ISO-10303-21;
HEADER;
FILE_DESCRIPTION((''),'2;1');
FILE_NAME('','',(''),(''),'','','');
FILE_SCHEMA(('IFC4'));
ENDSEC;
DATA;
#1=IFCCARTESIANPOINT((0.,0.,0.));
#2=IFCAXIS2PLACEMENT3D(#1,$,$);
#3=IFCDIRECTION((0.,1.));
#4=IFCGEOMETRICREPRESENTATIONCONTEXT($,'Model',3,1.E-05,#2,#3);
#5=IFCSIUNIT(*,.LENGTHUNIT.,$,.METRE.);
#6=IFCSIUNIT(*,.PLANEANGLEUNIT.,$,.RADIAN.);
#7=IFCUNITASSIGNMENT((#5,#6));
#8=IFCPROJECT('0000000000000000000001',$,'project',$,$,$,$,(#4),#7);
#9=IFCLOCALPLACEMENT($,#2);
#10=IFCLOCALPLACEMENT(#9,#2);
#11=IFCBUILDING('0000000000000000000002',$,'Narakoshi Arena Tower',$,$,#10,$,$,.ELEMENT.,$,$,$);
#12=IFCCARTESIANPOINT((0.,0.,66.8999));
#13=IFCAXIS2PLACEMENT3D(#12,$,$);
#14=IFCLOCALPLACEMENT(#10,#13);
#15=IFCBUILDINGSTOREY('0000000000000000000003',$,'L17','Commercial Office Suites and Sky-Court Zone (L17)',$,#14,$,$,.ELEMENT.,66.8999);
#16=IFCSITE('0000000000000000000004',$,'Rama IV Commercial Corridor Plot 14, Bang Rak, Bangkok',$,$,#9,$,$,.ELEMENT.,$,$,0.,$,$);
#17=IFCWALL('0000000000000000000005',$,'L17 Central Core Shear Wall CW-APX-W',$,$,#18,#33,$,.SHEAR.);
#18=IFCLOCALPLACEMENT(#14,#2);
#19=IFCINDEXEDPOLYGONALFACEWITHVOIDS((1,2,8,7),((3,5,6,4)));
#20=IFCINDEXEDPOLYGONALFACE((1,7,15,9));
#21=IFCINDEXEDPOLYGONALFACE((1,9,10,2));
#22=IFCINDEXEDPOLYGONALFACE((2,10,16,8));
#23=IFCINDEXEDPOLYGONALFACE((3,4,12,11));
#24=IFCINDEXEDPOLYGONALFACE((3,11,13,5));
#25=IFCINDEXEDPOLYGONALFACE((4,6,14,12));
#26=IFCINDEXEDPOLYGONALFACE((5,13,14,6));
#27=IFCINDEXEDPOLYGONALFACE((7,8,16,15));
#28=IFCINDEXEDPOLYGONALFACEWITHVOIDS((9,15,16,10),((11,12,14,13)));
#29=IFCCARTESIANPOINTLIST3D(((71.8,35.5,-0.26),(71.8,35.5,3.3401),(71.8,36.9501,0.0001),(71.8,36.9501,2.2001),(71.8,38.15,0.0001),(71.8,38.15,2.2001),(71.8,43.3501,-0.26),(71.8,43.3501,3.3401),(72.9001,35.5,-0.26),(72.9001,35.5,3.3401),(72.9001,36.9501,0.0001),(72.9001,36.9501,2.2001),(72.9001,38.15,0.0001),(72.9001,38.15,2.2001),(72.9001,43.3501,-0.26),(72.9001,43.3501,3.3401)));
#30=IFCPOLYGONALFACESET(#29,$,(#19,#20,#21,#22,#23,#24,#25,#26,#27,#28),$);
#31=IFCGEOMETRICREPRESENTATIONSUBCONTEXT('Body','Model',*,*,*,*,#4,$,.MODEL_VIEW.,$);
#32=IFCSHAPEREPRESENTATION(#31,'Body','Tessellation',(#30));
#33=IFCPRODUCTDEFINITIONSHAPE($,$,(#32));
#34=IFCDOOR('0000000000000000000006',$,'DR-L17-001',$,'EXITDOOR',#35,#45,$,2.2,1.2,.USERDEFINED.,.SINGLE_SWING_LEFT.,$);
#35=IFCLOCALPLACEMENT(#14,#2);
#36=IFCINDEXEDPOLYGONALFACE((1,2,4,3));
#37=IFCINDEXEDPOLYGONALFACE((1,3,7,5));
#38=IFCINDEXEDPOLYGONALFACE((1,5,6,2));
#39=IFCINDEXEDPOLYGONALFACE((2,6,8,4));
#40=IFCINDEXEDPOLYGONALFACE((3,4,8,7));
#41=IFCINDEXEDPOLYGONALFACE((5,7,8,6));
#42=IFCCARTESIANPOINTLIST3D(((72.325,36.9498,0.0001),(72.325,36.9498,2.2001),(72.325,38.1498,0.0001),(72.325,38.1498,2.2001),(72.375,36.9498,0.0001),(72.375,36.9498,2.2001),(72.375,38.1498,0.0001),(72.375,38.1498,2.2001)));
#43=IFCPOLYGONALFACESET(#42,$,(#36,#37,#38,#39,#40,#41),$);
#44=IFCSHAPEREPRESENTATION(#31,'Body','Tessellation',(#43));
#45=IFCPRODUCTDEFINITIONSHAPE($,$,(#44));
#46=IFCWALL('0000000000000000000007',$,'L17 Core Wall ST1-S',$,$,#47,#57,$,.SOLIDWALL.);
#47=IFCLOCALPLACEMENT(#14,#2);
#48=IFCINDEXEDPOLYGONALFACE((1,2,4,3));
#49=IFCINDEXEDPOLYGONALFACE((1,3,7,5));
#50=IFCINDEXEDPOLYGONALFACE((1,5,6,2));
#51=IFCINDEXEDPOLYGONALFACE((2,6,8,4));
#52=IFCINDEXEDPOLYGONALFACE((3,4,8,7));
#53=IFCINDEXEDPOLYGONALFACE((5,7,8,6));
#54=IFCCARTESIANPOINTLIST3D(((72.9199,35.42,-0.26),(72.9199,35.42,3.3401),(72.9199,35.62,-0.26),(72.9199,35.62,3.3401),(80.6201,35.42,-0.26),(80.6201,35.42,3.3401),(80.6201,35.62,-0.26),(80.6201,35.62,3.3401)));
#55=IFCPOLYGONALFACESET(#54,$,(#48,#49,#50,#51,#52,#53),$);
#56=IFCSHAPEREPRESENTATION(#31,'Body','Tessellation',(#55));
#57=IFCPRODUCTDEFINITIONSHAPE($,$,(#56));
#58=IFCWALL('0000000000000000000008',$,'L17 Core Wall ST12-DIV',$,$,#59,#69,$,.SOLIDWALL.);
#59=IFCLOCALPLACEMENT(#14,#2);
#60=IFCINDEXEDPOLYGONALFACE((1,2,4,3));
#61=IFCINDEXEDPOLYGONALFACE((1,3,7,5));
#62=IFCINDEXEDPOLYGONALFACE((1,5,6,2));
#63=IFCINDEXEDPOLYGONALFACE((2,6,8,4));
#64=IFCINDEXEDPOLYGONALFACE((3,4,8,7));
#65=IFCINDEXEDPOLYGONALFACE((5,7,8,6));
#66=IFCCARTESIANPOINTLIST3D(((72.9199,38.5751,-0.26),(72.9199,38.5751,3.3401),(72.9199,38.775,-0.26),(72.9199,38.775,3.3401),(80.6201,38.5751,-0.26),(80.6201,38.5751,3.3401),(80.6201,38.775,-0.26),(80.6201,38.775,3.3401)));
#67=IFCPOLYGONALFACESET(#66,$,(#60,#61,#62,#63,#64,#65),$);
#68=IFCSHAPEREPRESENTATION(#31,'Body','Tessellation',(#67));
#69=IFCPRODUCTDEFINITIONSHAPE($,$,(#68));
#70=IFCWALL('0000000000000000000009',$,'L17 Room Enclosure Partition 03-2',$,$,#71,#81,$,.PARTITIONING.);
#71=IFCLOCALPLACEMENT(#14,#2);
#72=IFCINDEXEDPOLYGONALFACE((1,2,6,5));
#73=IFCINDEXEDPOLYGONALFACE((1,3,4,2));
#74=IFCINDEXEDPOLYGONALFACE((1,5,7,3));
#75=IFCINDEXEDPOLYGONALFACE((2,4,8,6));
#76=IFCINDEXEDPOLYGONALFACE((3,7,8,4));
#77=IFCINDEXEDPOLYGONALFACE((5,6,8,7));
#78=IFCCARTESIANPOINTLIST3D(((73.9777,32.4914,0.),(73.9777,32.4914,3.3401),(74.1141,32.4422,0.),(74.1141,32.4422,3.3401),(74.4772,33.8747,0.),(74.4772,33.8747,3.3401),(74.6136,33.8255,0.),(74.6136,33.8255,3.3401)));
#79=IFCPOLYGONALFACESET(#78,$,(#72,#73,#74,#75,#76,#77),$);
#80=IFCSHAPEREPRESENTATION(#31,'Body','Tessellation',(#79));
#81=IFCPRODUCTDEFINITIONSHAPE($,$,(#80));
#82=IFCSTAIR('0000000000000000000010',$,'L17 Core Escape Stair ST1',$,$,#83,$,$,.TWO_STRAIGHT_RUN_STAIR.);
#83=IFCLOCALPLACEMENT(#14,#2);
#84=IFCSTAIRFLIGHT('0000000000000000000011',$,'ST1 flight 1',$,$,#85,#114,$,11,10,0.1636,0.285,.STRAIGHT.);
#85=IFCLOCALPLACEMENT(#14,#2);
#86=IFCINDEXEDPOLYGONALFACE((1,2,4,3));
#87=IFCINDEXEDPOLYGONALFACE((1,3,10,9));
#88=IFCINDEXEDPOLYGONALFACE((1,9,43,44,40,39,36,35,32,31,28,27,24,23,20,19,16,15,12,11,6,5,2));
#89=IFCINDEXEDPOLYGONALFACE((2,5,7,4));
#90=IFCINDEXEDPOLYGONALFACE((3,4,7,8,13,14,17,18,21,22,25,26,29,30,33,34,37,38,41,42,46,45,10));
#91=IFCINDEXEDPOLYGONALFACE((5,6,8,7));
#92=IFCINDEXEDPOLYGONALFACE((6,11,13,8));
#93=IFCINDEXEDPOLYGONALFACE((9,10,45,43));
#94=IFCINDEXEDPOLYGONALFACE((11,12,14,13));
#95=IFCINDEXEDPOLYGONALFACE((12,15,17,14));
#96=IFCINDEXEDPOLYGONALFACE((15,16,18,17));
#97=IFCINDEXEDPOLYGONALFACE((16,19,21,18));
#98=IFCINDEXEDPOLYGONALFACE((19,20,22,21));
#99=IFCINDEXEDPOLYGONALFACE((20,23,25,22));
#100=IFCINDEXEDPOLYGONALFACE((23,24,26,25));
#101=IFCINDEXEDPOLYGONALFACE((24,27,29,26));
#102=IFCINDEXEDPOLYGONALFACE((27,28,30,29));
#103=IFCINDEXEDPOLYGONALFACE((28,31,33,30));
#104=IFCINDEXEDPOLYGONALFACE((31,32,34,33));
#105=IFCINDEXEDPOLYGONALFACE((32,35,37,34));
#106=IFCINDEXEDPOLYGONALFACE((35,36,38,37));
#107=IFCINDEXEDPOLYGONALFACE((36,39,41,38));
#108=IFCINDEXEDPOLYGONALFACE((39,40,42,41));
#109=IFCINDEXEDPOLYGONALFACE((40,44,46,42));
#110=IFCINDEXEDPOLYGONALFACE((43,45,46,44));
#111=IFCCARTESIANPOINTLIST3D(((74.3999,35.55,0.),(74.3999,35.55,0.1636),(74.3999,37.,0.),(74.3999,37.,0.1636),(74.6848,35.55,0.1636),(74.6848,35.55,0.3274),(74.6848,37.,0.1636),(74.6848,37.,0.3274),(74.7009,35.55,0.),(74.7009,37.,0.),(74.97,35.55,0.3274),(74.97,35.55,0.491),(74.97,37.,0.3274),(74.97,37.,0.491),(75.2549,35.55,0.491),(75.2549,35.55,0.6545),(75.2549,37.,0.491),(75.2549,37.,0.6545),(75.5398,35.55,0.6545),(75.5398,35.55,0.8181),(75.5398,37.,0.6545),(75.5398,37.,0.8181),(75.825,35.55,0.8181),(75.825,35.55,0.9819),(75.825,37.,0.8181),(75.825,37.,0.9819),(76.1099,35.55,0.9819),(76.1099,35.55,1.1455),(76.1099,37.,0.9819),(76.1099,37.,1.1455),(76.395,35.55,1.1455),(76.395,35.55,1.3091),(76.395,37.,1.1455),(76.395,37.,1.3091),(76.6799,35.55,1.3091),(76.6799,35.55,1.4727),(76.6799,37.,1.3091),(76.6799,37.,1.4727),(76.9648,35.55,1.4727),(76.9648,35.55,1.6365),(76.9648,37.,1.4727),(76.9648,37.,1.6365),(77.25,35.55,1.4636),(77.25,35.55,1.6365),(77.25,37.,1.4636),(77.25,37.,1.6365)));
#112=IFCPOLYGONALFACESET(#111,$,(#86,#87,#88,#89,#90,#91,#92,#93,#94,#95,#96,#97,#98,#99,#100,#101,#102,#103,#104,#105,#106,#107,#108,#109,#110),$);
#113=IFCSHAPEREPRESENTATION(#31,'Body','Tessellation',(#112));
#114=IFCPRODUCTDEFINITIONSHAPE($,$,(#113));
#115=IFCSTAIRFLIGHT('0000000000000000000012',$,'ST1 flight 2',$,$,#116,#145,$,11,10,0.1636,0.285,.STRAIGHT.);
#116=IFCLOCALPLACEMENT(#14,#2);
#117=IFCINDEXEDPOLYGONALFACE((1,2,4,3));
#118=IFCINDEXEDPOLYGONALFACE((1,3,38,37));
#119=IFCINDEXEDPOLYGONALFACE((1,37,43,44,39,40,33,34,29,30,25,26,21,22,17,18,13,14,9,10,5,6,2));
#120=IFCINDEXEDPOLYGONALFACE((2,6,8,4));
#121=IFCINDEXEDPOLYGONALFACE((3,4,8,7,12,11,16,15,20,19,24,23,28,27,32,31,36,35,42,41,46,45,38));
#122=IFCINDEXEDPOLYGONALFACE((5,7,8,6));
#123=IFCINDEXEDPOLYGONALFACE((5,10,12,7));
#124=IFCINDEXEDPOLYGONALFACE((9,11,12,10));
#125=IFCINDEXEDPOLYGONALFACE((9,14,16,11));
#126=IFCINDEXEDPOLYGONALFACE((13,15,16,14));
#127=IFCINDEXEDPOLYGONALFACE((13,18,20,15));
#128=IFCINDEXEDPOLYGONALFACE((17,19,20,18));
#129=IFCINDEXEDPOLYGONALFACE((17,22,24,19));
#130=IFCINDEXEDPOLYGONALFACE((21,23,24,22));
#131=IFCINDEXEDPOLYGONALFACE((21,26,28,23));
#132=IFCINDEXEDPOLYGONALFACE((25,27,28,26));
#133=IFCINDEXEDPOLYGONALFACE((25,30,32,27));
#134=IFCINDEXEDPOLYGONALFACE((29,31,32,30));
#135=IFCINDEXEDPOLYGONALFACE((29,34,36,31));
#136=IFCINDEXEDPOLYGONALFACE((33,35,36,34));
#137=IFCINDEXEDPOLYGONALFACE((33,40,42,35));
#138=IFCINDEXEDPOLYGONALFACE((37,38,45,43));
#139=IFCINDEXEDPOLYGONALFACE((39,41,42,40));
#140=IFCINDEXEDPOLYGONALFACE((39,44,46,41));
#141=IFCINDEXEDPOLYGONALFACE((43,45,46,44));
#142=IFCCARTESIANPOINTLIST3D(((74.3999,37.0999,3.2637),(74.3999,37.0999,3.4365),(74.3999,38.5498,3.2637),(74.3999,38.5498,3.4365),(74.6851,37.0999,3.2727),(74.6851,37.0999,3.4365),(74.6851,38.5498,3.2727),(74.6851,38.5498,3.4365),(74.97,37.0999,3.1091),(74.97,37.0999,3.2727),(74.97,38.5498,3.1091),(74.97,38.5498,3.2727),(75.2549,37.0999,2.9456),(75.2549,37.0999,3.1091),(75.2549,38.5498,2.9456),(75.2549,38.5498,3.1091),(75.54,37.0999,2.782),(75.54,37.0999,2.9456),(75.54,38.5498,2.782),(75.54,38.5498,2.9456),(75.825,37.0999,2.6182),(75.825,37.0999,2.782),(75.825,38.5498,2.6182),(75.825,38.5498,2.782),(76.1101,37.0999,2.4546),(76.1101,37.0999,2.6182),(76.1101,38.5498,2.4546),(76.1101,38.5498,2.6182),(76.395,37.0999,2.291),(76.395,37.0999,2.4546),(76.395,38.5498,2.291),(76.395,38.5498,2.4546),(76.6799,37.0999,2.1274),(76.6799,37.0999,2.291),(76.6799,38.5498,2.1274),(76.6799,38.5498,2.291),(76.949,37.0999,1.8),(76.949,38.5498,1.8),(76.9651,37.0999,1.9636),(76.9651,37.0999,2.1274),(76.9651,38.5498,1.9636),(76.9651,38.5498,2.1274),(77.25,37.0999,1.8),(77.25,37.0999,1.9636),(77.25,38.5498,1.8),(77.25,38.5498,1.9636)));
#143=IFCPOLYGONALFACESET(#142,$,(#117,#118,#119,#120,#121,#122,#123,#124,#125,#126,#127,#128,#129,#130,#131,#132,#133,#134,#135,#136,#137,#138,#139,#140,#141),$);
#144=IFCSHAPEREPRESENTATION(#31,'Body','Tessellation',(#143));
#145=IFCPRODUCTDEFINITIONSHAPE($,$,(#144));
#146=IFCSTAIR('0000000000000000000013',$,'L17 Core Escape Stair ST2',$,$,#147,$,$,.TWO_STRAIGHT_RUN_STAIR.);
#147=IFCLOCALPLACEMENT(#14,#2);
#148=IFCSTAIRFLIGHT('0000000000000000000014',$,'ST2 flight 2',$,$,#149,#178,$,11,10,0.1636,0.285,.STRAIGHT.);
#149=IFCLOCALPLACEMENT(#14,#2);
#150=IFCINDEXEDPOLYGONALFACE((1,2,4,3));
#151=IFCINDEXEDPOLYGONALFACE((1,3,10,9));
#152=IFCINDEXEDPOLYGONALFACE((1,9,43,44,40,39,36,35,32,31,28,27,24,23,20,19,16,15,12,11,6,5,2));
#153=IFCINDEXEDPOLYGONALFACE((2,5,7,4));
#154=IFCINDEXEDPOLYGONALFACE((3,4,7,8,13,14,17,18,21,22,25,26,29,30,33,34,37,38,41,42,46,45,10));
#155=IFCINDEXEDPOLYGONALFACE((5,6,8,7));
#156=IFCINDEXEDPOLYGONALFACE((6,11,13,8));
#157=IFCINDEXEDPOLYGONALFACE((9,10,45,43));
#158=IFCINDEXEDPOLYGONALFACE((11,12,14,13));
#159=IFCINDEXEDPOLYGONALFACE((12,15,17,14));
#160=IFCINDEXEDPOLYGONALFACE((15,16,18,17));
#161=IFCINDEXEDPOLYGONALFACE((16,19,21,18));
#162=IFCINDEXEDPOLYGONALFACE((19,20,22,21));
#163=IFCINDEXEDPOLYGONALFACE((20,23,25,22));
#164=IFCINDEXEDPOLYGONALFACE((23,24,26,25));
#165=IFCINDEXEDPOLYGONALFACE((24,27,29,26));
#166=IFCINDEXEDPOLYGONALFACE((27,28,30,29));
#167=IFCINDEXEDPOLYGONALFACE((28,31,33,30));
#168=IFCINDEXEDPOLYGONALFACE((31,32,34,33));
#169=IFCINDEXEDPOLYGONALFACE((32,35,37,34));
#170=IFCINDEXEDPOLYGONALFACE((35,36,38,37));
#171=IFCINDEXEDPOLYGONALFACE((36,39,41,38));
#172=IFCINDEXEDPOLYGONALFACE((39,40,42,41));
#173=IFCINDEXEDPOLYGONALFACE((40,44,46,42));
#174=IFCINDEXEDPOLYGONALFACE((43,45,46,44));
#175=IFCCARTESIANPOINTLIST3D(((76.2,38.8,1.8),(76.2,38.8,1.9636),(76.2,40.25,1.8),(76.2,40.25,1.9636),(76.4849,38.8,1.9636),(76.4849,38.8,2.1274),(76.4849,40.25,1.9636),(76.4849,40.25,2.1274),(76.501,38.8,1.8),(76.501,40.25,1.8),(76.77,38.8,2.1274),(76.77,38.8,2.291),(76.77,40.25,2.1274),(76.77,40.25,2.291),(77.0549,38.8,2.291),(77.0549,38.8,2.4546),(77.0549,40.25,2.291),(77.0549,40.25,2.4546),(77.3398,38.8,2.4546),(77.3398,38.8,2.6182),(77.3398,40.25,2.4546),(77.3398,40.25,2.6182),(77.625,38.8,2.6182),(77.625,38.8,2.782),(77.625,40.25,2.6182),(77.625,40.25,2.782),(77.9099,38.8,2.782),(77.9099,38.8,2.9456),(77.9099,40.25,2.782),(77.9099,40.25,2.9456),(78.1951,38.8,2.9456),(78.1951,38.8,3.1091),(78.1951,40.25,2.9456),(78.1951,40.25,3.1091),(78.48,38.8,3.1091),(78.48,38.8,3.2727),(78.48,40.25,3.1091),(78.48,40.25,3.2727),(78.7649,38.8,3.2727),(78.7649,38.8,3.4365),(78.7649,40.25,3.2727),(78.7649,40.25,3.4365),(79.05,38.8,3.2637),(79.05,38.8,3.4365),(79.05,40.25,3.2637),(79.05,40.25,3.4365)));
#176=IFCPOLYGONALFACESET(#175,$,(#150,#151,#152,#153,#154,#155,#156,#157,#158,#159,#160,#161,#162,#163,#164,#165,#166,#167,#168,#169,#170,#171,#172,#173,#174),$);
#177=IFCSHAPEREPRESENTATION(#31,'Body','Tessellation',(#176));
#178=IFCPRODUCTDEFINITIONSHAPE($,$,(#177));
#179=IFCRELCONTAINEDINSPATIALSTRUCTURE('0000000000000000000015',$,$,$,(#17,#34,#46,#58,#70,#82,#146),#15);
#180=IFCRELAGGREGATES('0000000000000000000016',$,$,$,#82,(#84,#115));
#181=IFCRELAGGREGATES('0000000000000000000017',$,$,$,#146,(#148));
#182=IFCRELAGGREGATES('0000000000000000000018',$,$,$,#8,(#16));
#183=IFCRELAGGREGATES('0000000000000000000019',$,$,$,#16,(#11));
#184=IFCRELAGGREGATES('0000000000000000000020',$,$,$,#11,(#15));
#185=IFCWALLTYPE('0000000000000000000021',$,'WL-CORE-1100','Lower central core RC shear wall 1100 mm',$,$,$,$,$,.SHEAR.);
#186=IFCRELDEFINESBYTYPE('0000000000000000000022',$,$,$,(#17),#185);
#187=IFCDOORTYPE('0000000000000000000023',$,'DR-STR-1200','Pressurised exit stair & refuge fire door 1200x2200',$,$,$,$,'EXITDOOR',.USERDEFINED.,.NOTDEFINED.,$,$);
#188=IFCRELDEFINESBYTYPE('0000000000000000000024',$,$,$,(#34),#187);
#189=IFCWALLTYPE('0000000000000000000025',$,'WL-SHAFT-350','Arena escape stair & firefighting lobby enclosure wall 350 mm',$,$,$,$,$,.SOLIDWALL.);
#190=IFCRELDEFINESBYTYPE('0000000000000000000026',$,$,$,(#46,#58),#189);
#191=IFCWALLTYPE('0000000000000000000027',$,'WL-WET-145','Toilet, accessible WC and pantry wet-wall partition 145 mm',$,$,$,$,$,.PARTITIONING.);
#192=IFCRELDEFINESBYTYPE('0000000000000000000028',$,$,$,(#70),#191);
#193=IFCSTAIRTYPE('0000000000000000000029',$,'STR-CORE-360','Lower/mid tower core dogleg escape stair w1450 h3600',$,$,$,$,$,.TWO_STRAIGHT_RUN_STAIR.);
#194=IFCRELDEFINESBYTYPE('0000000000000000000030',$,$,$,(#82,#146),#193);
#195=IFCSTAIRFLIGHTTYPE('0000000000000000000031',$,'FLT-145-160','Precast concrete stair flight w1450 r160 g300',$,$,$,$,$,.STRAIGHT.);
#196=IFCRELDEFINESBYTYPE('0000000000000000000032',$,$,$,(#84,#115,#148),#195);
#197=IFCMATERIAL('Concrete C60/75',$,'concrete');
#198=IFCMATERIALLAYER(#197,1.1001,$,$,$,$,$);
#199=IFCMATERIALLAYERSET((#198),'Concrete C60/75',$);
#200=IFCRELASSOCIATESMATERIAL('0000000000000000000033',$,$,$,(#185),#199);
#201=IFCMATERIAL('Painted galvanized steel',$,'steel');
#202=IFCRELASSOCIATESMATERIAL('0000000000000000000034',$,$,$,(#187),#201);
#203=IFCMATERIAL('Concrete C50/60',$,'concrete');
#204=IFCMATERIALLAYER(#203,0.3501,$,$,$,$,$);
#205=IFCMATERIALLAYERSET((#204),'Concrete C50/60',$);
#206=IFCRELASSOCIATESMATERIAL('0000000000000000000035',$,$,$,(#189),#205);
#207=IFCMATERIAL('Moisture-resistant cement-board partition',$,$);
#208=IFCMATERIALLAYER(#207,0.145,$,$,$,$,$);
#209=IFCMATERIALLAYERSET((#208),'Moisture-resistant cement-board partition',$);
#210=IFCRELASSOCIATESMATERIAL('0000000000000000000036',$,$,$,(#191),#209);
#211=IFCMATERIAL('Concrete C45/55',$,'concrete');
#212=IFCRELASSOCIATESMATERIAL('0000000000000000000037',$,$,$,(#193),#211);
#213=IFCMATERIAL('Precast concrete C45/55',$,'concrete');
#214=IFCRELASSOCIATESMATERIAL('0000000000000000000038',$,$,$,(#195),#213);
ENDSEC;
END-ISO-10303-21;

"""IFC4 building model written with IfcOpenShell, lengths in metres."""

from ifc_helpers import new_model, si_unit, direction, frame, frame_2d, origin, place, context, subcontext, project, spatial, polyline, rectangle, outline, extrude, material, layer, layer_set, type_object, element, fill, aggregate, save


model = new_model("IFC4")

# Units and contexts
model_context = context("Model", 3, precision=1e-05, world=origin(), true_north=direction((0.0, 1.0)))
body_context = subcontext(model_context, "Body", "Model", "MODEL_VIEW")
ifc_project = project(units=[si_unit("LENGTHUNIT", "METRE"), si_unit("PLANEANGLEUNIT", "RADIAN")], contexts=[model_context])

# Site, building, storey
site_placement = place(None, origin())
site = spatial("IfcSite", under=ifc_project, at=site_placement, Name="Rama IV Commercial Corridor Plot 14, Bang Rak, Bangkok", CompositionType="ELEMENT", RefElevation=0.0)
building_placement = place(site_placement, origin())
building = spatial("IfcBuilding", under=site, at=building_placement, Name="Narakoshi Arena Tower", CompositionType="ELEMENT")
storey_placement = place(building_placement, frame((0.0, 0.0, 66.8999)))
storey = spatial("IfcBuildingStorey", under=building, at=storey_placement, Name="L17", Description="Commercial Office Suites and Sky-Court Zone (L17)", CompositionType="ELEMENT", Elevation=66.8999)

# Wall, opening, door
ifc_material_1 = material(Name="Concrete C60/75", Category="concrete")
ifc_layer_1 = layer(ifc_material_1, 1.1001)
ifc_layer_set_1 = layer_set([ifc_layer_1], Name="Concrete C60/75")
wall_type_1 = type_object("IfcWallType", Name="WL-CORE-1100", Description="Lower central core RC shear wall 1100 mm", PredefinedType="SHEAR", material=ifc_layer_set_1)
wall_1_placement = place(storey_placement, frame((72.3501, 35.5, -0.26), z_axis=(0.0, 0.0, 1.0), x_axis=(0.0, 1.0, 0.0)))
wall_1 = element("IfcWall", 1, at=wall_1_placement, inside=storey, type_object=wall_type_1, Name="L17 Central Core Shear Wall CW-APX-W", PredefinedType="SHEAR", context=body_context, shape_type="SweptSolid", body=[
    extrude(rectangle(XDim=7.8501, YDim=1.1001, at=frame_2d((3.925, 0.0))), origin(), (0.0, 0.0, 1.0), 3.6001),
])
opening_placement = place(wall_1_placement, frame((1.45, 0.0, 0.26)))
opening = element("IfcOpeningElement", 2, at=opening_placement, cuts=wall_1, PredefinedType="OPENING", context=body_context, shape_type="SweptSolid", body=[
    extrude(rectangle(XDim=1.2, YDim=2.2, at=frame_2d((0.6001, 1.1001))), frame((0.0, 0.5601, 0.0), z_axis=(0.0, -1.0, 0.0), x_axis=(1.0, 0.0, 0.0)), (0.0, 0.0, 1.0), 1.1201),
])
ifc_material_2 = material(Name="Painted galvanized steel", Category="steel")
door_type = type_object("IfcDoorType", Name="DR-STR-1200", Description="Pressurised exit stair & refuge fire door 1200x2200", ElementType="EXITDOOR", OperationType="NOTDEFINED", PredefinedType="USERDEFINED", material=ifc_material_2)
door_placement = place(opening_placement, frame((1.2, 0.0, 0.0), z_axis=(0.0, 0.0, 1.0), x_axis=(-1.0, 0.0, 0.0)))
door = element("IfcDoor", 3, at=door_placement, inside=storey, type_object=door_type, Name="DR-L17-001", ObjectType="EXITDOOR", OperationType="SINGLE_SWING_LEFT", OverallHeight=2.2, OverallWidth=1.2, PredefinedType="USERDEFINED", context=body_context, shape_type="SweptSolid", body=[
    extrude(rectangle(XDim=1.2, YDim=2.2, at=frame_2d((0.6001, 1.1001))), frame((0.0, 0.0249, 0.0), z_axis=(0.0, -1.0, 0.0), x_axis=(1.0, 0.0, 0.0)), (0.0, 0.0, 1.0), 0.05),
])
fill(opening, door)

# Walls
ifc_material_3 = material(Name="Concrete C50/60", Category="concrete")
ifc_layer_2 = layer(ifc_material_3, 0.3501)
ifc_layer_set_2 = layer_set([ifc_layer_2], Name="Concrete C50/60")
wall_type_2 = type_object("IfcWallType", Name="WL-SHAFT-350", Description="Arena escape stair & firefighting lobby enclosure wall 350 mm", PredefinedType="SOLIDWALL", material=ifc_layer_set_2)
for number, where, z_axis, x_axis, name in (
    (4, (72.9199, 35.52, -0.26), (0.0, 0.0, 1.0), (1.0, 0.0, 0.0), "L17 Core Wall ST1-S"),
    (5, (72.9199, 38.675, -0.26), (0.0, 0.0, 1.0), (1.0, 0.0, 0.0), "L17 Core Wall ST12-DIV"),
):
    element("IfcWall", number, at=place(storey_placement, frame(where, z_axis=z_axis, x_axis=x_axis)), inside=storey, type_object=wall_type_2, Name=name, PredefinedType="SOLIDWALL", context=body_context, shape_type="SweptSolid", body=[
        extrude(rectangle(XDim=7.7002, YDim=0.2, at=frame_2d((3.8501, 0.0))), origin(), (0.0, 0.0, 1.0), 3.6001),
    ])
ifc_material_4 = material(Name="Moisture-resistant cement-board partition")
ifc_layer_3 = layer(ifc_material_4, 0.145)
ifc_layer_set_3 = layer_set([ifc_layer_3], Name="Moisture-resistant cement-board partition")
wall_type_3 = type_object("IfcWallType", Name="WL-WET-145", Description="Toilet, accessible WC and pantry wet-wall partition 145 mm", PredefinedType="PARTITIONING", material=ifc_layer_set_3)
wall_2_placement = place(storey_placement, frame((74.5454, 33.8501, 0.0), z_axis=(0.0, 0.0, 1.0), x_axis=(-0.339636, -0.940557, 0.0)))
element("IfcWall", 6, at=wall_2_placement, inside=storey, type_object=wall_type_3, Name="L17 Room Enclosure Partition 03-2", PredefinedType="PARTITIONING", context=body_context, shape_type="SweptSolid", body=[
    extrude(rectangle(XDim=1.4707, YDim=0.145, at=frame_2d((0.7354, 0.0))), origin(), (0.0, 0.0, 1.0), 3.3401),
])

# Stair, stair flights
ifc_material_5 = material(Name="Concrete C45/55", Category="concrete")
stair_type = type_object("IfcStairType", Name="STR-CORE-360", Description="Lower/mid tower core dogleg escape stair w1450 h3600", PredefinedType="TWO_STRAIGHT_RUN_STAIR", material=ifc_material_5)
stair_1_placement = place(storey_placement, origin())
stair_1 = element("IfcStair", 7, at=stair_1_placement, inside=storey, type_object=stair_type, Name="L17 Core Escape Stair ST1", PredefinedType="TWO_STRAIGHT_RUN_STAIR")
ifc_material_6 = material(Name="Precast concrete C45/55", Category="concrete")
stair_flight_type = type_object("IfcStairFlightType", Name="FLT-145-160", Description="Precast concrete stair flight w1450 r160 g300", PredefinedType="STRAIGHT", material=ifc_material_6)
stair_flight_1_placement = place(storey_placement, frame((74.3999, 36.2749, 0.0), z_axis=(0.0, 0.0, 1.0), x_axis=(1.0, 0.0, 0.0)))
stair_flight_1 = element("IfcStairFlight", 8, at=stair_flight_1_placement, type_object=stair_flight_type, Name="ST1 flight 1", NumberOfRisers=11, NumberOfTreads=10, PredefinedType="STRAIGHT", RiserHeight=0.1636, TreadLength=0.285, context=body_context, shape_type="SweptSolid", body=[
    extrude(outline(polyline([(0.0, 0.0), (0.0, 0.1636), (0.2849, 0.1636), (0.2849, 0.3274), (0.5701, 0.3274), (0.5701, 0.491), (0.855, 0.491), (0.855, 0.6545), (1.1399, 0.6545), (1.1399, 0.8181), (1.425, 0.8181), (1.425, 0.9819), (1.71, 0.9819), (1.71, 1.1455), (1.9951, 1.1455), (1.9951, 1.3091), (2.28, 1.3091), (2.28, 1.4727), (2.5649, 1.4727), (2.5649, 1.6365), (2.8501, 1.6365), (2.8501, 1.8), (2.8501, 1.4636), (0.301, 0.0), (0.0, 0.0)])), frame((0.0, 0.7251, 0.0), z_axis=(0.0, -1.0, 0.0), x_axis=(1.0, 0.0, 0.0)), (0.0, 0.0, 1.0), 1.45),
])
stair_flight_2_placement = place(storey_placement, frame((77.25, 37.825, 1.8), z_axis=(0.0, 0.0, 1.0), x_axis=(-1.0, 0.0, 0.0)))
stair_flight_2 = element("IfcStairFlight", 9, at=stair_flight_2_placement, type_object=stair_flight_type, Name="ST1 flight 2", NumberOfRisers=11, NumberOfTreads=10, PredefinedType="STRAIGHT", RiserHeight=0.1636, TreadLength=0.285, context=body_context, shape_type="SweptSolid", body=[
    extrude(outline(polyline([(0.0, 0.0), (0.0, 0.1636), (0.2849, 0.1636), (0.2849, 0.3274), (0.5701, 0.3274), (0.5701, 0.491), (0.855, 0.491), (0.855, 0.6545), (1.1399, 0.6545), (1.1399, 0.8181), (1.425, 0.8181), (1.425, 0.9819), (1.71, 0.9819), (1.71, 1.1455), (1.9951, 1.1455), (1.9951, 1.3091), (2.28, 1.3091), (2.28, 1.4727), (2.5649, 1.4727), (2.5649, 1.6365), (2.8501, 1.6365), (2.8501, 1.8), (2.8501, 1.4636), (0.301, 0.0), (0.0, 0.0)])), frame((0.0, 0.7251, 0.0), z_axis=(0.0, -1.0, 0.0), x_axis=(1.0, 0.0, 0.0)), (0.0, 0.0, 1.0), 1.45),
])
aggregate(stair_1, [stair_flight_1, stair_flight_2])

# Stair, stair flight
stair_2_placement = place(storey_placement, origin())
stair_2 = element("IfcStair", 10, at=stair_2_placement, inside=storey, type_object=stair_type, Name="L17 Core Escape Stair ST2", PredefinedType="TWO_STRAIGHT_RUN_STAIR")
stair_flight_3_placement = place(storey_placement, frame((76.2, 39.5249, 1.8), z_axis=(0.0, 0.0, 1.0), x_axis=(1.0, 0.0, 0.0)))
stair_flight_3 = element("IfcStairFlight", 11, at=stair_flight_3_placement, type_object=stair_flight_type, Name="ST2 flight 2", NumberOfRisers=11, NumberOfTreads=10, PredefinedType="STRAIGHT", RiserHeight=0.1636, TreadLength=0.285, context=body_context, shape_type="SweptSolid", body=[
    extrude(outline(polyline([(0.0, 0.0), (0.0, 0.1636), (0.2849, 0.1636), (0.2849, 0.3274), (0.5701, 0.3274), (0.5701, 0.491), (0.855, 0.491), (0.855, 0.6545), (1.1399, 0.6545), (1.1399, 0.8181), (1.425, 0.8181), (1.425, 0.9819), (1.71, 0.9819), (1.71, 1.1455), (1.9951, 1.1455), (1.9951, 1.3091), (2.28, 1.3091), (2.28, 1.4727), (2.5649, 1.4727), (2.5649, 1.6365), (2.8501, 1.6365), (2.8501, 1.8), (2.8501, 1.4636), (0.301, 0.0), (0.0, 0.0)])), frame((0.0, 0.7251, 0.0), z_axis=(0.0, -1.0, 0.0), x_axis=(1.0, 0.0, 0.0)), (0.0, 0.0, 1.0), 1.45),
])
aggregate(stair_2, [stair_flight_3])

save(model, "model.ifc")
